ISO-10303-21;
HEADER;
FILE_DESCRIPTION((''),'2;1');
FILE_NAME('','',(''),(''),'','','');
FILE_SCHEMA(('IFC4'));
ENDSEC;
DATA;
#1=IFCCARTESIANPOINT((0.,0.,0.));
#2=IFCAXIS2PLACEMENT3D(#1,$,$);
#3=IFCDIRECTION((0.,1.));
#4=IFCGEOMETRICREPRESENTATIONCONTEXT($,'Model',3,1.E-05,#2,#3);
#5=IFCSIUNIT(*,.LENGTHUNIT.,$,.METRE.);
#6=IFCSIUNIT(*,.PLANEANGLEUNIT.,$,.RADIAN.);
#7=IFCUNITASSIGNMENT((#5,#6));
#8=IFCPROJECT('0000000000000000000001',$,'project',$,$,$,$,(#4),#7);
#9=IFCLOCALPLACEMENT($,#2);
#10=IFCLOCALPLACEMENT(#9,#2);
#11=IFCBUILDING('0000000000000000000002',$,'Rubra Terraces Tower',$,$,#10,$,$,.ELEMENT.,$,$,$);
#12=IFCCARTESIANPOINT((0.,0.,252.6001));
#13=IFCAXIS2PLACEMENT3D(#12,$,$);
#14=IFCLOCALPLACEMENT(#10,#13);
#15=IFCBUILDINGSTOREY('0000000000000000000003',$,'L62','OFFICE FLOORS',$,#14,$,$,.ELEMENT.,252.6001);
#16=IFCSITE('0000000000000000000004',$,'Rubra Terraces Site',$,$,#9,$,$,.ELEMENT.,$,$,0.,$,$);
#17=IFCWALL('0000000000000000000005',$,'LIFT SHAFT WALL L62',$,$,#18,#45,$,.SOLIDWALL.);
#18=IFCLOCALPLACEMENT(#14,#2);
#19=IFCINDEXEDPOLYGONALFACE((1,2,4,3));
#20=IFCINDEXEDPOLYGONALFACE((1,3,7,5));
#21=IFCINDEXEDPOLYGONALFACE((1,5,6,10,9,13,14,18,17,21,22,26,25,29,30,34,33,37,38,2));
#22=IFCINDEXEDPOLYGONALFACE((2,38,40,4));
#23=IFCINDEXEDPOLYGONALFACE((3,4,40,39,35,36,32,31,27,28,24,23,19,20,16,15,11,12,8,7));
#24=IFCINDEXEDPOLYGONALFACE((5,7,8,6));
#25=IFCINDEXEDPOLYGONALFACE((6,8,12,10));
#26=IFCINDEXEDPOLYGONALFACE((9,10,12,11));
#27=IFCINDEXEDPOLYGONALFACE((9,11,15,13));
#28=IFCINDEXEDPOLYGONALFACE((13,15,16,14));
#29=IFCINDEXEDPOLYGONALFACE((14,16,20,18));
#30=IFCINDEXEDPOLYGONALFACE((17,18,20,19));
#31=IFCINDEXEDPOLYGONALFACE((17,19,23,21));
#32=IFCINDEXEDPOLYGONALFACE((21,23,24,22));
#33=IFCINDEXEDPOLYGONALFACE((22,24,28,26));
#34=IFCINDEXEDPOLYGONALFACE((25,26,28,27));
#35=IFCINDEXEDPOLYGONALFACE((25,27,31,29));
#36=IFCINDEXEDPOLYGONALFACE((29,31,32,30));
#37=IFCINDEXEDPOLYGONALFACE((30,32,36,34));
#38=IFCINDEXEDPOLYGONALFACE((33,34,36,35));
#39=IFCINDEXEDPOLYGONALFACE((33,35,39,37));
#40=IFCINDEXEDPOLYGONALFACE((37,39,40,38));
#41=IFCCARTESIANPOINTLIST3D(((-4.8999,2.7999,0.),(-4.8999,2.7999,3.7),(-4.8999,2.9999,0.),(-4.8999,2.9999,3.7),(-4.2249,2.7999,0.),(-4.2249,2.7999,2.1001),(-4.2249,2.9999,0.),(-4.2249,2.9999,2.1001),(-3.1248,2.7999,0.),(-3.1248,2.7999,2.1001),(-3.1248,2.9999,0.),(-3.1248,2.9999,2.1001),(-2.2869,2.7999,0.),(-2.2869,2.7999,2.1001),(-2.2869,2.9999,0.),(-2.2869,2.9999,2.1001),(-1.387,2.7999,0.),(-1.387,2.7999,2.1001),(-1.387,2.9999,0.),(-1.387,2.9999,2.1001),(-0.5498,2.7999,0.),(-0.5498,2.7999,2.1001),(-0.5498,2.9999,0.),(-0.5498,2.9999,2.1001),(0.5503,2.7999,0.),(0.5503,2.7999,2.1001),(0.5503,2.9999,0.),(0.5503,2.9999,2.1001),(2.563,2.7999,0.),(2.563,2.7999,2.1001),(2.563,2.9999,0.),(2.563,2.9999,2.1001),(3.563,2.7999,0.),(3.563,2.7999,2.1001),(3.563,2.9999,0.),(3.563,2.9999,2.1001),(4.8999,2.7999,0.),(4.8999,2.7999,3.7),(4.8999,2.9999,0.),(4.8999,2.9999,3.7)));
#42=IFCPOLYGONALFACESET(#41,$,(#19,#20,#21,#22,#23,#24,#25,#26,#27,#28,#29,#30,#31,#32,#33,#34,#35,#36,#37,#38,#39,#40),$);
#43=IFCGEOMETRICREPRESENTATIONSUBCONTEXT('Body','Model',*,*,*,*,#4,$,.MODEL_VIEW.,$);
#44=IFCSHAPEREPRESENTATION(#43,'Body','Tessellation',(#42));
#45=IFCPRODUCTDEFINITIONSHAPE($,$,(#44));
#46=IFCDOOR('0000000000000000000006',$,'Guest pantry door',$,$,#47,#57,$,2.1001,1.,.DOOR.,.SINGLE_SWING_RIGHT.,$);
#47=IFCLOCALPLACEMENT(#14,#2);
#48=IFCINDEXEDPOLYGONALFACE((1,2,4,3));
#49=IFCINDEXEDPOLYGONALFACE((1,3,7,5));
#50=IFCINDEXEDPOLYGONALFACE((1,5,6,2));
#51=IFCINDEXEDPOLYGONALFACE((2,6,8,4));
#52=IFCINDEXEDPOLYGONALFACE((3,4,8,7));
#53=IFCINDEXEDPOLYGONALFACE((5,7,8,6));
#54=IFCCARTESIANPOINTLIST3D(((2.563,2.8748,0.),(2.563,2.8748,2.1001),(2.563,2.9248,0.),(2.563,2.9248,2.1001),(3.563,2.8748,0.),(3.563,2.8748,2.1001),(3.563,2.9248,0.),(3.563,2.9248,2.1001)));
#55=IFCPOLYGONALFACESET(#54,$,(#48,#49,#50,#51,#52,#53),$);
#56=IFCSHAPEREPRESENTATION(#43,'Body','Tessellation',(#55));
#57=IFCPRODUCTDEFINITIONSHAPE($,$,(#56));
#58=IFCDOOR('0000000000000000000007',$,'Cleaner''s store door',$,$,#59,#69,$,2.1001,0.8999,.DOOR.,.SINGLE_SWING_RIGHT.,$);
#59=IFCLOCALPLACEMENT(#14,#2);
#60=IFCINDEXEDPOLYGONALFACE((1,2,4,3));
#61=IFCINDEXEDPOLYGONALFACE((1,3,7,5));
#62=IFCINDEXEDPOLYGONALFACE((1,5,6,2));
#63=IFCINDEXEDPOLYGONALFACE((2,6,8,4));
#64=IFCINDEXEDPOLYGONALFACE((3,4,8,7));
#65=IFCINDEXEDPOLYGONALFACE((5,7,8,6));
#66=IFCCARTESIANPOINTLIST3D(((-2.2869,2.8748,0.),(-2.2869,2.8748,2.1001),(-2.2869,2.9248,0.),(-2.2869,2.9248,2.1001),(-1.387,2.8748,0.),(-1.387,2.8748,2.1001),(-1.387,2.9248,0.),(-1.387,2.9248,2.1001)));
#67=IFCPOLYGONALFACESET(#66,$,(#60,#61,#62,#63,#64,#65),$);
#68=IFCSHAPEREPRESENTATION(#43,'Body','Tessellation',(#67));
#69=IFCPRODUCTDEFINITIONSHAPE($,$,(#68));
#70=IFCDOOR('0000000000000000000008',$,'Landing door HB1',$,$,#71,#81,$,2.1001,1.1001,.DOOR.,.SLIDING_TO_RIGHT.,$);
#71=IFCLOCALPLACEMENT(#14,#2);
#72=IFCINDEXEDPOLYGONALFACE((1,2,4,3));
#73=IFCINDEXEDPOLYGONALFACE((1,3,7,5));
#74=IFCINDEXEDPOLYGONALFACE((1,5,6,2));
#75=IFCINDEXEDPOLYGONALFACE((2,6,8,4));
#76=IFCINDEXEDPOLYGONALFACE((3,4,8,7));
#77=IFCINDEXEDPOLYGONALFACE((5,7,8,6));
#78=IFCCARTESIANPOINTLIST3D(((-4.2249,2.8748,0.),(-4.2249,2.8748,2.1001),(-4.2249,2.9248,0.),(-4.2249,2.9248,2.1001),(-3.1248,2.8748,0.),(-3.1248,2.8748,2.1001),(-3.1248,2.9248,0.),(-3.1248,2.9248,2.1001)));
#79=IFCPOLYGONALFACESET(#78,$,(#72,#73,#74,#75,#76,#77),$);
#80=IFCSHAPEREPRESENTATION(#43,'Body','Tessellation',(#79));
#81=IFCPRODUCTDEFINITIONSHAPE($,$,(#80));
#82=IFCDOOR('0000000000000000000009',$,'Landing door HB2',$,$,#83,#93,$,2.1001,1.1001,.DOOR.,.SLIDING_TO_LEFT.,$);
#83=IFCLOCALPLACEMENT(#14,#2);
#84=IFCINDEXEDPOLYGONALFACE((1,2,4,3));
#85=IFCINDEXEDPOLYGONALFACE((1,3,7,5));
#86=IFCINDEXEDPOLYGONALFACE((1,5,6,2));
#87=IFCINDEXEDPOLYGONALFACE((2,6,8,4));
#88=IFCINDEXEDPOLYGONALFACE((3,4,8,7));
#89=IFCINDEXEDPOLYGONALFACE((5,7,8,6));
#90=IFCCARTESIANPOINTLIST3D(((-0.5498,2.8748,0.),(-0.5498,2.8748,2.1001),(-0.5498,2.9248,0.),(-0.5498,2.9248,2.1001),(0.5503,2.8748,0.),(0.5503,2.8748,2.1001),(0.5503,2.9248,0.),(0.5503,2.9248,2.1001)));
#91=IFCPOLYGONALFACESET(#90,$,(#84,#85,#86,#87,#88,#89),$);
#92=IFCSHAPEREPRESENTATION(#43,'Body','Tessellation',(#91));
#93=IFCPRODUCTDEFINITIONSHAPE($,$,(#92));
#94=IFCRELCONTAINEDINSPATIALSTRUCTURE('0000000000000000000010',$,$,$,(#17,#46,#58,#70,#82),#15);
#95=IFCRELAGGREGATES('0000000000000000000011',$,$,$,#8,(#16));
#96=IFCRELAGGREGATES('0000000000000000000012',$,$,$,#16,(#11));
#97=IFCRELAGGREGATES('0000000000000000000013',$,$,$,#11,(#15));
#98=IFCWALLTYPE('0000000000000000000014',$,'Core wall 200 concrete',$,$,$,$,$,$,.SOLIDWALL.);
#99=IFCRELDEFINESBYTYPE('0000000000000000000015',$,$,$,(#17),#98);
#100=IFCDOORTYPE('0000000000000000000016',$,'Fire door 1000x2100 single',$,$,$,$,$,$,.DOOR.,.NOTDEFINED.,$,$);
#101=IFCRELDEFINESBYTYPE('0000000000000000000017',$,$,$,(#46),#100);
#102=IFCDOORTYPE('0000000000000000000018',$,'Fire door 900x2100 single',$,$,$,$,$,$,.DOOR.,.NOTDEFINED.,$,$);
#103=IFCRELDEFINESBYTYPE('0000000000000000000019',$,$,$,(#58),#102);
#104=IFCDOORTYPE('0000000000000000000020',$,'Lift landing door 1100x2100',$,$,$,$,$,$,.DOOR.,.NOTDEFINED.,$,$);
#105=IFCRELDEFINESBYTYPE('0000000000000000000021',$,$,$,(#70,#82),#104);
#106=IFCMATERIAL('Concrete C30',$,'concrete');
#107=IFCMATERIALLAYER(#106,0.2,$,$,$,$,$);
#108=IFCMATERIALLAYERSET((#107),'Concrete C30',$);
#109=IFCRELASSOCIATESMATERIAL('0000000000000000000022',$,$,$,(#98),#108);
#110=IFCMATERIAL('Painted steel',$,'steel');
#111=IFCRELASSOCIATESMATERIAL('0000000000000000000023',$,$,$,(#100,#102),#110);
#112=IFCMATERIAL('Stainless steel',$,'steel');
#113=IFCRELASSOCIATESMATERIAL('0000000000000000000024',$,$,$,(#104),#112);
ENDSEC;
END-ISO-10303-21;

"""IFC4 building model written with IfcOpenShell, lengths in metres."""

from ifc_helpers import new_model, si_unit, direction, frame, frame_2d, origin, place, context, subcontext, project, spatial, rectangle, extrude, material, layer, layer_set, type_object, element, fill, save


model = new_model("IFC4")

# Units and contexts
model_context = context("Model", 3, precision=1e-05, world=origin(), true_north=direction((0.0, 1.0)))
body_context = subcontext(model_context, "Body", "Model", "MODEL_VIEW")
ifc_project = project(units=[si_unit("LENGTHUNIT", "METRE"), si_unit("PLANEANGLEUNIT", "RADIAN")], contexts=[model_context])

# Site, building, storey
site_placement = place(None, origin())
site = spatial("IfcSite", under=ifc_project, at=site_placement, Name="Rubra Terraces Site", CompositionType="ELEMENT", RefElevation=0.0)
building_placement = place(site_placement, origin())
building = spatial("IfcBuilding", under=site, at=building_placement, Name="Rubra Terraces Tower", CompositionType="ELEMENT")
storey_placement = place(building_placement, frame((0.0, 0.0, 252.6001)))
storey = spatial("IfcBuildingStorey", under=building, at=storey_placement, Name="L62", Description="OFFICE FLOORS", CompositionType="ELEMENT", Elevation=252.6001)

# Shared definitions
ifc_material_1 = material(Name="Concrete C30", Category="concrete")
ifc_layer_1 = layer(ifc_material_1, 0.2)
ifc_layer_set_1 = layer_set([ifc_layer_1], Name="Concrete C30")
wall_type_1 = type_object("IfcWallType", Name="Core wall 200 concrete", PredefinedType="SOLIDWALL", material=ifc_layer_set_1)
ifc_material_2 = material(Name="Painted steel", Category="steel")
ifc_material_3 = material(Name="Stainless steel", Category="steel")

# Wall, openings, doors
wall_1_placement = place(storey_placement, frame((-4.8999, 2.8999, 0.0), z_axis=(0.0, 0.0, 1.0), x_axis=(1.0, 0.0, 0.0)))
wall_1 = element("IfcWall", 1, at=wall_1_placement, inside=storey, type_object=wall_type_1, Name="LIFT SHAFT WALL L62", PredefinedType="SOLIDWALL", context=body_context, shape_type="SweptSolid", body=[
    extrude(rectangle(XDim=9.7998, YDim=0.2, at=frame_2d((4.8999, 0.0))), origin(), (0.0, 0.0, 1.0), 3.7),
])
opening_1_placement = place(wall_1_placement, frame((0.675, 0.0, 0.0)))
opening_1 = element("IfcOpeningElement", 2, at=opening_1_placement, cuts=wall_1, PredefinedType="OPENING", context=body_context, shape_type="SweptSolid", body=[
    extrude(rectangle(XDim=1.1001, YDim=2.1001, at=frame_2d((0.55, 1.05))), frame((0.0, 0.1099, 0.0), z_axis=(0.0, -1.0, 0.0), x_axis=(1.0, 0.0, 0.0)), (0.0, 0.0, 1.0), 0.22),
])
opening_2_placement = place(wall_1_placement, frame((2.613, 0.0, 0.0)))
opening_2 = element("IfcOpeningElement", 3, at=opening_2_placement, cuts=wall_1, PredefinedType="OPENING", context=body_context, shape_type="SweptSolid", body=[
    extrude(rectangle(XDim=0.8999, YDim=2.1001, at=frame_2d((0.45, 1.05))), frame((0.0, 0.1099, 0.0), z_axis=(0.0, -1.0, 0.0), x_axis=(1.0, 0.0, 0.0)), (0.0, 0.0, 1.0), 0.22),
])
opening_3_placement = place(wall_1_placement, frame((4.3501, 0.0, 0.0)))
opening_3 = element("IfcOpeningElement", 4, at=opening_3_placement, cuts=wall_1, PredefinedType="OPENING", context=body_context, shape_type="SweptSolid", body=[
    extrude(rectangle(XDim=1.1001, YDim=2.1001, at=frame_2d((0.55, 1.05))), frame((0.0, 0.1099, 0.0), z_axis=(0.0, -1.0, 0.0), x_axis=(1.0, 0.0, 0.0)), (0.0, 0.0, 1.0), 0.22),
])
opening_4_placement = place(wall_1_placement, frame((7.4629, 0.0, 0.0)))
opening_4 = element("IfcOpeningElement", 5, at=opening_4_placement, cuts=wall_1, PredefinedType="OPENING", context=body_context, shape_type="SweptSolid", body=[
    extrude(rectangle(XDim=1.0, YDim=2.1001, at=frame_2d((0.5, 1.05))), frame((0.0, 0.1099, 0.0), z_axis=(0.0, -1.0, 0.0), x_axis=(1.0, 0.0, 0.0)), (0.0, 0.0, 1.0), 0.22),
])
door_type_1 = type_object("IfcDoorType", Name="Fire door 1000x2100 single", OperationType="NOTDEFINED", PredefinedType="DOOR", material=ifc_material_2)
door_1_placement = place(opening_4_placement, origin())
door_1 = element("IfcDoor", 6, at=door_1_placement, inside=storey, type_object=door_type_1, Name="Guest pantry door", OperationType="SINGLE_SWING_RIGHT", OverallHeight=2.1001, OverallWidth=1.0, PredefinedType="DOOR", context=body_context, shape_type="SweptSolid", body=[
    extrude(rectangle(XDim=1.0, YDim=2.1001, at=frame_2d((0.5, 1.05))), frame((0.0, 0.0249, 0.0), z_axis=(0.0, -1.0, 0.0), x_axis=(1.0, 0.0, 0.0)), (0.0, 0.0, 1.0), 0.05),
])
fill(opening_4, door_1)
door_type_2 = type_object("IfcDoorType", Name="Fire door 900x2100 single", OperationType="NOTDEFINED", PredefinedType="DOOR", material=ifc_material_2)
door_2_placement = place(opening_2_placement, origin())
door_2 = element("IfcDoor", 7, at=door_2_placement, inside=storey, type_object=door_type_2, Name="Cleaner's store door", OperationType="SINGLE_SWING_RIGHT", OverallHeight=2.1001, OverallWidth=0.8999, PredefinedType="DOOR", context=body_context, shape_type="SweptSolid", body=[
    extrude(rectangle(XDim=0.8999, YDim=2.1001, at=frame_2d((0.45, 1.05))), frame((0.0, 0.0249, 0.0), z_axis=(0.0, -1.0, 0.0), x_axis=(1.0, 0.0, 0.0)), (0.0, 0.0, 1.0), 0.05),
])
fill(opening_2, door_2)
door_type_3 = type_object("IfcDoorType", Name="Lift landing door 1100x2100", OperationType="NOTDEFINED", PredefinedType="DOOR", material=ifc_material_3)
door_3_placement = place(opening_1_placement, origin())
door_3 = element("IfcDoor", 8, at=door_3_placement, inside=storey, type_object=door_type_3, Name="Landing door HB1", OperationType="SLIDING_TO_RIGHT", OverallHeight=2.1001, OverallWidth=1.1001, PredefinedType="DOOR", context=body_context, shape_type="SweptSolid", body=[
    extrude(rectangle(XDim=1.1001, YDim=2.1001, at=frame_2d((0.55, 1.05))), frame((0.0, 0.0249, 0.0), z_axis=(0.0, -1.0, 0.0), x_axis=(1.0, 0.0, 0.0)), (0.0, 0.0, 1.0), 0.05),
])
fill(opening_1, door_3)
door_4_placement = place(opening_3_placement, origin())
door_4 = element("IfcDoor", 9, at=door_4_placement, inside=storey, type_object=door_type_3, Name="Landing door HB2", OperationType="SLIDING_TO_LEFT", OverallHeight=2.1001, OverallWidth=1.1001, PredefinedType="DOOR", context=body_context, shape_type="SweptSolid", body=[
    extrude(rectangle(XDim=1.1001, YDim=2.1001, at=frame_2d((0.55, 1.05))), frame((0.0, 0.0249, 0.0), z_axis=(0.0, -1.0, 0.0), x_axis=(1.0, 0.0, 0.0)), (0.0, 0.0, 1.0), 0.05),
])
fill(opening_3, door_4)

save(model, "model.ifc")
